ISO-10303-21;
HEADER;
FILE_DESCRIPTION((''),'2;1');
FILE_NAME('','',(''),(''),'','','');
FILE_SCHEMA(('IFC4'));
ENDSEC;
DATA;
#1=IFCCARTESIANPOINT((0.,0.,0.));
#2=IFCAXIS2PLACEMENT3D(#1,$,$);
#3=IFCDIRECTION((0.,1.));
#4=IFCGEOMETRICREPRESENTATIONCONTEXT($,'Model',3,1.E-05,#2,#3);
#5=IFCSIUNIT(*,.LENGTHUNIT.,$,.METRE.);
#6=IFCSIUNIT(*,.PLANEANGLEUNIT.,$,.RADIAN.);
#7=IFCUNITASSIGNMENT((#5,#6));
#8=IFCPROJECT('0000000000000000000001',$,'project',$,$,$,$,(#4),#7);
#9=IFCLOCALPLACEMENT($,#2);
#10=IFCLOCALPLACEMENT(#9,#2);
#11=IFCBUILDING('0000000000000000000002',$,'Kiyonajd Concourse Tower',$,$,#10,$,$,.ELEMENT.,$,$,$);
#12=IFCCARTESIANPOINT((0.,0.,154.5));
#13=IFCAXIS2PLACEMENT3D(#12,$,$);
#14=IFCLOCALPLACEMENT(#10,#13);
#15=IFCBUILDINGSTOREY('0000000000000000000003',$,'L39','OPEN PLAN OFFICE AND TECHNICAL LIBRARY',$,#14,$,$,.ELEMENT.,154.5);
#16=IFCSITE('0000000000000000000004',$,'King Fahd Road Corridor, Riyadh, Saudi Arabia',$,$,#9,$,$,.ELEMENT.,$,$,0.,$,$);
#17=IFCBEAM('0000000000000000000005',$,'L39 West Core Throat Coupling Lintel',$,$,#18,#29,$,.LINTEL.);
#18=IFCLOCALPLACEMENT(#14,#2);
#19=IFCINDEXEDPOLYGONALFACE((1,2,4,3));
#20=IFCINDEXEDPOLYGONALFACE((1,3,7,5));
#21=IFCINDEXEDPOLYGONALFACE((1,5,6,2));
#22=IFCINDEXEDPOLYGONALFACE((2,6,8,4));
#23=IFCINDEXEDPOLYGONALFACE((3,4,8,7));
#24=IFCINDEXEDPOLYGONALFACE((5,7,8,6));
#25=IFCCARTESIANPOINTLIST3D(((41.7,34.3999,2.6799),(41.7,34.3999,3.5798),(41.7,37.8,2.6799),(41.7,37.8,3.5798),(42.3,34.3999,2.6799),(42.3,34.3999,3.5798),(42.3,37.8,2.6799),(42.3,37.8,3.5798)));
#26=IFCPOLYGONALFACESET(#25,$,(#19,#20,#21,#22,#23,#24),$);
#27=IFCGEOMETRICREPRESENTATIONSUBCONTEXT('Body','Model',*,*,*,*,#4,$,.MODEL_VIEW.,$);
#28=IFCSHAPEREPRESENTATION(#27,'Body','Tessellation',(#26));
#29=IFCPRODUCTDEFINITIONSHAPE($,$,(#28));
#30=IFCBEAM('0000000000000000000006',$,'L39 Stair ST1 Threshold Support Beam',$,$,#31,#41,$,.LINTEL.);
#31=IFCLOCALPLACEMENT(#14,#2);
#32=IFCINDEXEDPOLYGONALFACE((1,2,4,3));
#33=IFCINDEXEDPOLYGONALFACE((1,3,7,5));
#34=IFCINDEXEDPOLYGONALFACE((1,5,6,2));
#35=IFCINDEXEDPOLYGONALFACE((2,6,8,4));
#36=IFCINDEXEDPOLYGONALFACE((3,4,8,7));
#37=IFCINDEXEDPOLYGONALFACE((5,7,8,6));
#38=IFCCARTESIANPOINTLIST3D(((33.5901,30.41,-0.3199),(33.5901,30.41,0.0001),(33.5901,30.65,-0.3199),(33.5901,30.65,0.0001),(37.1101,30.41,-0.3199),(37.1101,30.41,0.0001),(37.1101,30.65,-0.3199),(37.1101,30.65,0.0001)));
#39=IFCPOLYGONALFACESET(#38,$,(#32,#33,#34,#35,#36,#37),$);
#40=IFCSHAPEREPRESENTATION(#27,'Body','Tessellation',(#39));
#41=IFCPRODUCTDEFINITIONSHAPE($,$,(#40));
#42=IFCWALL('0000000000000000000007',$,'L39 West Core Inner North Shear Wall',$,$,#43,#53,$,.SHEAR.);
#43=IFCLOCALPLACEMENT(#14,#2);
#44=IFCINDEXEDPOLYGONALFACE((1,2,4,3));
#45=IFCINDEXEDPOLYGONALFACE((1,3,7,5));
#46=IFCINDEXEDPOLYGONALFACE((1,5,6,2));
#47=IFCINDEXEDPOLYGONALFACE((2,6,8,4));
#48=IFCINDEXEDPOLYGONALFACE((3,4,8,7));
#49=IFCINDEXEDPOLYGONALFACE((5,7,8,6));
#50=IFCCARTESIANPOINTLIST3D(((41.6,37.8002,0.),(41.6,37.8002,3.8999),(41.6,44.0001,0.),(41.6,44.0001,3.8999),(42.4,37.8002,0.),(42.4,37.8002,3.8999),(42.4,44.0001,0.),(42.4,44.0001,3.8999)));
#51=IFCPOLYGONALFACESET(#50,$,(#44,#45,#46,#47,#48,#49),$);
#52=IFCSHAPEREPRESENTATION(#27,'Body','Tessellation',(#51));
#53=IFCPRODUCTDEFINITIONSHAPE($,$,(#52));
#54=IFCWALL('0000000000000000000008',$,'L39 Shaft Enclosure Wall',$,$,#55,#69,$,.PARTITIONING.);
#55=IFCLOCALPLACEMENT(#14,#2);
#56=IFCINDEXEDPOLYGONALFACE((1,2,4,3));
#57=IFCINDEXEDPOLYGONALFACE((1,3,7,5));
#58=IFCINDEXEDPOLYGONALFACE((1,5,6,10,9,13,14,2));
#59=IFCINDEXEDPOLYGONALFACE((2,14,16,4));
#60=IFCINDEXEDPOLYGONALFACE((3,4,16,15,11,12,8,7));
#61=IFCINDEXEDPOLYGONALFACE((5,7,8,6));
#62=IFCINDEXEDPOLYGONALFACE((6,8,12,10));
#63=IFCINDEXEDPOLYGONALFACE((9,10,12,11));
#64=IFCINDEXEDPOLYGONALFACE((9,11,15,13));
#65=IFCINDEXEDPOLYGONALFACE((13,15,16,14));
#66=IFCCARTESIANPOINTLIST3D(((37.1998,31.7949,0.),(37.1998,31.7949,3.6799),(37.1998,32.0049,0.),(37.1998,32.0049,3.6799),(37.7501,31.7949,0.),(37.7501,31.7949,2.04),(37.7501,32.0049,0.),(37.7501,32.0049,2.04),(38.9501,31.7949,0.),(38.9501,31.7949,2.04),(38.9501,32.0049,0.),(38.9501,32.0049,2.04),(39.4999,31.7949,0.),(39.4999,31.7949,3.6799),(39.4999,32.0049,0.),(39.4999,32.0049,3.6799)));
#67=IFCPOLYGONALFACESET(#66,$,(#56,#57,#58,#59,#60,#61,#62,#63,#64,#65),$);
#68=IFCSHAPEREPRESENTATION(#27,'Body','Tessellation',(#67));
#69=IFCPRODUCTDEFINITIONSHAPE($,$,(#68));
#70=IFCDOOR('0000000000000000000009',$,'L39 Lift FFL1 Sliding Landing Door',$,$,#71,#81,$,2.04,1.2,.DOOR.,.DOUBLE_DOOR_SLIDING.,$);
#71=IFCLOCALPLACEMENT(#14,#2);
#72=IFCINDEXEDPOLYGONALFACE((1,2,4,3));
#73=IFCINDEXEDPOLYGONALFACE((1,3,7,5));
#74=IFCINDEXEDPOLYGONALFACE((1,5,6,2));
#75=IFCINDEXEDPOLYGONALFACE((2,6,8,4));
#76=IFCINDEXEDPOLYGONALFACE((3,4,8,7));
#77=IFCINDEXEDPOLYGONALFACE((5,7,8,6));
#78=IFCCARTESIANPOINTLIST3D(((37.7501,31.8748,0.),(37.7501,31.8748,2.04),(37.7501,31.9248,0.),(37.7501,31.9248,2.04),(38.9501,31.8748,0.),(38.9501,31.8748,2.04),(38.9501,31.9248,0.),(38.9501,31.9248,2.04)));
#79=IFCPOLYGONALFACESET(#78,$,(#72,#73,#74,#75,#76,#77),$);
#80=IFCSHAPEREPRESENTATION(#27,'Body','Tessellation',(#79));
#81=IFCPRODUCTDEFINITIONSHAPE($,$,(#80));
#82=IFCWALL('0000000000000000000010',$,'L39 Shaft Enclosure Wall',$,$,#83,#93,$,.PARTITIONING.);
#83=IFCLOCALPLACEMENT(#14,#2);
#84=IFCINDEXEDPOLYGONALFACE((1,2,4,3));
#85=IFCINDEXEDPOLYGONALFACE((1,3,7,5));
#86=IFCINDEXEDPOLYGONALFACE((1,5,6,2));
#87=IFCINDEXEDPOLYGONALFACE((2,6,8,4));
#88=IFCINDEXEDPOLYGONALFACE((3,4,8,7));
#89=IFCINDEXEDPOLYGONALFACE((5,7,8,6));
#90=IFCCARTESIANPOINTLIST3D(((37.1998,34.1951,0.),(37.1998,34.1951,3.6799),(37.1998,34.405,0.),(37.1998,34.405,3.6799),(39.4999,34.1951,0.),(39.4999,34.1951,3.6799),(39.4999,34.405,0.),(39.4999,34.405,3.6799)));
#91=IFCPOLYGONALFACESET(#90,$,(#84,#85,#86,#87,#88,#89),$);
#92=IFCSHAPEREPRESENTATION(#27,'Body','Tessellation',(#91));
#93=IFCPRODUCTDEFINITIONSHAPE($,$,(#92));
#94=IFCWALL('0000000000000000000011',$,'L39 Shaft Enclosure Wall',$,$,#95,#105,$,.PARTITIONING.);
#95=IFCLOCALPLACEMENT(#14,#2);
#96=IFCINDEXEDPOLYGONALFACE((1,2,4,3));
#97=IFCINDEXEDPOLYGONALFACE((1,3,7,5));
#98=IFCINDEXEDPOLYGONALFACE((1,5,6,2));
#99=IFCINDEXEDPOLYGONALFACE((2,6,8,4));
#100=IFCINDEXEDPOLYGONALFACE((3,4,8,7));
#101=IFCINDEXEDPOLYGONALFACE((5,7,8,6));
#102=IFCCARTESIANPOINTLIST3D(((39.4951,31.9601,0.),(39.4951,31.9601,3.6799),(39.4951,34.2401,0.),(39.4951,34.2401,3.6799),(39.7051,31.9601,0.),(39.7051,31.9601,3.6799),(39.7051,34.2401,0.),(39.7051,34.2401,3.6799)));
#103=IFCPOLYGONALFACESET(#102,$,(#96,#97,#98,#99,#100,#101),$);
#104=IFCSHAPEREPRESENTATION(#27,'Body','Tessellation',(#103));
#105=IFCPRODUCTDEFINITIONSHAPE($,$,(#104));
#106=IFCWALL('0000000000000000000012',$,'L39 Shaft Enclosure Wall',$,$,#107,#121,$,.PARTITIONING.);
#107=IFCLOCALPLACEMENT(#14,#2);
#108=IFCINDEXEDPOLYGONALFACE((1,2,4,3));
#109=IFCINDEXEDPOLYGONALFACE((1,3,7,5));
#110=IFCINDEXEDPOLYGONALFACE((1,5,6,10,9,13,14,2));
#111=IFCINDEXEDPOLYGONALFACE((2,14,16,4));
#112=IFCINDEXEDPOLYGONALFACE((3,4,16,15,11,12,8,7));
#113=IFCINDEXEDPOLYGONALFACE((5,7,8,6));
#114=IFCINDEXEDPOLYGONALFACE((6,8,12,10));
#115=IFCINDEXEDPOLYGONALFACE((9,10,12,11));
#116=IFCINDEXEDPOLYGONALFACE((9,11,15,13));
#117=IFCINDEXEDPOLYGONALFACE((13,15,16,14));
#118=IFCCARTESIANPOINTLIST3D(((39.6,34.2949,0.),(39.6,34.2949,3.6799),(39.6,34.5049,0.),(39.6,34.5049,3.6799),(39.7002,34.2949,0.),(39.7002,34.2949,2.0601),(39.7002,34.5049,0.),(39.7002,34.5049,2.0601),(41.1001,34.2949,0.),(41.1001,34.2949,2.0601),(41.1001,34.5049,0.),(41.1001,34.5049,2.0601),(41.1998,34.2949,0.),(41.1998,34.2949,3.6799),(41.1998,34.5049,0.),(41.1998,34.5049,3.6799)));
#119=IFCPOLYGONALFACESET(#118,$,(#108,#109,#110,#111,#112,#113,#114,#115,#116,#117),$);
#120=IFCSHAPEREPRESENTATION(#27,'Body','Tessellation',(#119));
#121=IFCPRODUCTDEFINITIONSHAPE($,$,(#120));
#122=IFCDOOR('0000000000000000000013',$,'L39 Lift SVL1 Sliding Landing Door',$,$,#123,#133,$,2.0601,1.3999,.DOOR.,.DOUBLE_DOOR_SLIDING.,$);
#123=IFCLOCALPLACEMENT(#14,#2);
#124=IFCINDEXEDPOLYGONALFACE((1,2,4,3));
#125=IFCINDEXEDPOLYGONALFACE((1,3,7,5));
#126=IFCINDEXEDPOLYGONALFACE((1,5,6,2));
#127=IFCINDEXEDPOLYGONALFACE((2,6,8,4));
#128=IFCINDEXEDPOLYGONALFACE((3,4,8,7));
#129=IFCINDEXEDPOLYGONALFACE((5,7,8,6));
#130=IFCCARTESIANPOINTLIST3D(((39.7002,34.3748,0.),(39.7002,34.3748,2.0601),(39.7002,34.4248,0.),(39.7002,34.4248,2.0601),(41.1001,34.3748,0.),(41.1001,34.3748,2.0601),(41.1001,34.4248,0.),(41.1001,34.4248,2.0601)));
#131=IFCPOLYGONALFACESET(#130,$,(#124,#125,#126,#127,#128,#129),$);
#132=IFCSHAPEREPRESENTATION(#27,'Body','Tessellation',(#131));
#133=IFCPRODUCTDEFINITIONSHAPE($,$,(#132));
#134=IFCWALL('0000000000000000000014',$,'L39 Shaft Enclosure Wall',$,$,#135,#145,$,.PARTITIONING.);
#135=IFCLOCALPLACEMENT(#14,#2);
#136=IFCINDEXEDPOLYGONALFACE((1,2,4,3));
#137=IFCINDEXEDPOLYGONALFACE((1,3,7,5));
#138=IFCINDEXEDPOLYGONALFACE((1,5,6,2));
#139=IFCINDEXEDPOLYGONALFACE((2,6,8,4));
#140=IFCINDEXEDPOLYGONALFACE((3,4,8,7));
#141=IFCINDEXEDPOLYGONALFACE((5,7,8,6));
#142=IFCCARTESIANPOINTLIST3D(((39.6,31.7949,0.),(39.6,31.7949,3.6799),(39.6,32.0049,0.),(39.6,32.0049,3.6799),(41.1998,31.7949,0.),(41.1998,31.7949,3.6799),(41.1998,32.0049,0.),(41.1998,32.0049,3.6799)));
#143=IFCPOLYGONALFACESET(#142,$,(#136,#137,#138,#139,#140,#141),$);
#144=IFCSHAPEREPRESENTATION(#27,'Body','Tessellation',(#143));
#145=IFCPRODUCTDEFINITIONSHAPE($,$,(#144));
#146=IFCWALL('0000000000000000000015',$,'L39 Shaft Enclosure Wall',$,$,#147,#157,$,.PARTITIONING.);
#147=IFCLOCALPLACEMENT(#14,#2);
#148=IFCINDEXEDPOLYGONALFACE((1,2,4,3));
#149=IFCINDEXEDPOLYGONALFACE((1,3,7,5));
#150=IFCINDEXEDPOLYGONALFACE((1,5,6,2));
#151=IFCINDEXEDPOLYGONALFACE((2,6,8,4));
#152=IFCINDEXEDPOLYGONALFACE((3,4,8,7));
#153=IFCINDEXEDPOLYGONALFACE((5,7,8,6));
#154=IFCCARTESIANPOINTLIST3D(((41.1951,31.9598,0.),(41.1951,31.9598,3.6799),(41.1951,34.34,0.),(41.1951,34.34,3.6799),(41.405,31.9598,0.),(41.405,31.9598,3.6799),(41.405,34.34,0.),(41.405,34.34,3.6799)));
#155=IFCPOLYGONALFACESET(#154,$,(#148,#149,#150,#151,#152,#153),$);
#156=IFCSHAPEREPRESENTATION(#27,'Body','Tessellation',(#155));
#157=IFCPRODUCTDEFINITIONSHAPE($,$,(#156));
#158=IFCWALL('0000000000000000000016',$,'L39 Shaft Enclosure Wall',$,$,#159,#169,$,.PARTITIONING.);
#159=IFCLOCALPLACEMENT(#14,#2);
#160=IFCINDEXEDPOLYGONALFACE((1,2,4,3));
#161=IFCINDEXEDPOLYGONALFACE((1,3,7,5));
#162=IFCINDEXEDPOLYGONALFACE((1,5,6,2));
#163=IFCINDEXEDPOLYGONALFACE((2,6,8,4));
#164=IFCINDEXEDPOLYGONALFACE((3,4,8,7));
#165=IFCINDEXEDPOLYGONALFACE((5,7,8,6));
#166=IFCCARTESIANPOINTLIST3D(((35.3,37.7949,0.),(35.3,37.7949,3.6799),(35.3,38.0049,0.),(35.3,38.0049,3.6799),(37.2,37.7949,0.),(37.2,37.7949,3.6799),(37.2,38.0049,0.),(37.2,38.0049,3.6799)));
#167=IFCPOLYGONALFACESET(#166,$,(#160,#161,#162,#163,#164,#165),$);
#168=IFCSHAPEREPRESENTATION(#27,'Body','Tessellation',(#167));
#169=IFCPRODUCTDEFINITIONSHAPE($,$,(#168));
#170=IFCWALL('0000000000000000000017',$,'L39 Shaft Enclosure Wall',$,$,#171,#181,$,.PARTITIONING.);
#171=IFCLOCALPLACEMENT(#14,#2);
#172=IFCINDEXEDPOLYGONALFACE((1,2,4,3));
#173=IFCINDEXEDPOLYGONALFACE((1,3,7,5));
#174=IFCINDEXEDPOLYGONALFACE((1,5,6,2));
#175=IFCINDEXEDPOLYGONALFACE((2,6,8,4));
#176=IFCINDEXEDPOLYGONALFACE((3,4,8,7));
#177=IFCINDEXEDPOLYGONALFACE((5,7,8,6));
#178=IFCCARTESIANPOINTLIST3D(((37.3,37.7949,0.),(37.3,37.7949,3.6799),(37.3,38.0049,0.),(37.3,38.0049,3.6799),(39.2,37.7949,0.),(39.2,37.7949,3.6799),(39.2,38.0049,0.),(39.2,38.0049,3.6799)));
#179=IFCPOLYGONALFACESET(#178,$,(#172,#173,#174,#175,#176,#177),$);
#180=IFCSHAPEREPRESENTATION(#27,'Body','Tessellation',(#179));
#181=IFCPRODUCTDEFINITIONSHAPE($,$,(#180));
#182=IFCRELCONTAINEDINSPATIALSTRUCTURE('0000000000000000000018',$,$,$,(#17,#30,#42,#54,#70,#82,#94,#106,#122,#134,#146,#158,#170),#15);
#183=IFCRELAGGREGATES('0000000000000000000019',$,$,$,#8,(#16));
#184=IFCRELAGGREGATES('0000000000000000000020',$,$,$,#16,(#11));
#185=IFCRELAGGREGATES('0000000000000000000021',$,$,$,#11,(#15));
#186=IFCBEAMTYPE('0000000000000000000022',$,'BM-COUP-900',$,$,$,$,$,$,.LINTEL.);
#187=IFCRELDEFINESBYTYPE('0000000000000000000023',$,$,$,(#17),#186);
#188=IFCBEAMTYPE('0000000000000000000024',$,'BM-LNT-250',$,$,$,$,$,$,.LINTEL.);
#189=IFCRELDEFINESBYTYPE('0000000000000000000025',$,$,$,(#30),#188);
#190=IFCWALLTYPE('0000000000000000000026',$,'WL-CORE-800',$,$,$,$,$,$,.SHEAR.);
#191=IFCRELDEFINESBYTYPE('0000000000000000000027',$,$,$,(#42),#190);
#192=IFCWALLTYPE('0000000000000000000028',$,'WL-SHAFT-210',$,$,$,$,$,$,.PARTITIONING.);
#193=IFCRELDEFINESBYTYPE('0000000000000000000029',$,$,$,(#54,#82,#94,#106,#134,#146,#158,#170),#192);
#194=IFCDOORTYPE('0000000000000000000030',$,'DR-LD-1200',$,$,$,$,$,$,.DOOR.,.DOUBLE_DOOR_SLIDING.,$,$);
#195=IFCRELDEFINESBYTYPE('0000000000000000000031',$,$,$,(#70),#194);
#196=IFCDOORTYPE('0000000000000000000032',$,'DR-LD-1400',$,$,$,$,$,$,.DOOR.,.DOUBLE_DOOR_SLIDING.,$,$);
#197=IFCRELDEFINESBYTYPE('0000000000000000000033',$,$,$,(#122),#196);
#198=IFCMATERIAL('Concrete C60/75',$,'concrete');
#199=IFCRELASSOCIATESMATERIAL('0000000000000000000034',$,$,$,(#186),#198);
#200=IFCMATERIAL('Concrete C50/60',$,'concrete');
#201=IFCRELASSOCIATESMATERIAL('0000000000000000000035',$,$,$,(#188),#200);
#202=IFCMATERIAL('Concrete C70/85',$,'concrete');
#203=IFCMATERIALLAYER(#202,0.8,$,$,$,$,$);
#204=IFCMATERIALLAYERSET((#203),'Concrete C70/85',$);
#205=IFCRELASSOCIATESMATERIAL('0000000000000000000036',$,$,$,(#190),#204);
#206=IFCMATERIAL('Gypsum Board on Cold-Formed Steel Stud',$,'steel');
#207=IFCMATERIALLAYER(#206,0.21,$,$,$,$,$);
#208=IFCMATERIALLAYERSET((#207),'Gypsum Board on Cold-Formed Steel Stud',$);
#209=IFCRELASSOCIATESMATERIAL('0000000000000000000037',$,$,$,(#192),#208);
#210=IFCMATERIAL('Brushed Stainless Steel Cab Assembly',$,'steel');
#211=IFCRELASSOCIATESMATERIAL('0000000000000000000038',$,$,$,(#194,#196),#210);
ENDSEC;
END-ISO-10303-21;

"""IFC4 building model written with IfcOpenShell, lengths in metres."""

from ifc_helpers import new_model, si_unit, direction, frame, frame_2d, origin, origin_2d, place, context, subcontext, project, spatial, rectangle, extrude, material, layer, layer_set, material_profile, profile_set, type_object, element, fill, save


model = new_model("IFC4")

# Units and contexts
model_context = context("Model", 3, precision=1e-05, world=origin(), true_north=direction((0.0, 1.0)))
body_context = subcontext(model_context, "Body", "Model", "MODEL_VIEW")
ifc_project = project(units=[si_unit("LENGTHUNIT", "METRE"), si_unit("PLANEANGLEUNIT", "RADIAN")], contexts=[model_context])

# Site, building, storey
site_placement = place(None, origin())
site = spatial("IfcSite", under=ifc_project, at=site_placement, Name="King Fahd Road Corridor, Riyadh, Saudi Arabia", CompositionType="ELEMENT", RefElevation=0.0)
building_placement = place(site_placement, origin())
building = spatial("IfcBuilding", under=site, at=building_placement, Name="Kiyonajd Concourse Tower", CompositionType="ELEMENT")
storey_placement = place(building_placement, frame((0.0, 0.0, 154.5)))
storey = spatial("IfcBuildingStorey", under=building, at=storey_placement, Name="L39", Description="OPEN PLAN OFFICE AND TECHNICAL LIBRARY", CompositionType="ELEMENT", Elevation=154.5)

# Beams
ifc_material_1 = material(Name="Concrete C60/75", Category="concrete")
ifc_material_profile_1 = material_profile(ifc_material_1, rectangle(XDim=0.6001, YDim=0.8999, at=origin_2d()), Name="RCBM-600x900")
ifc_profile_set_1 = profile_set([ifc_material_profile_1], Name="Concrete C60/75")
beam_type_1 = type_object("IfcBeamType", Name="BM-COUP-900", PredefinedType="LINTEL", material=ifc_profile_set_1)
beam_1_placement = place(storey_placement, frame((42.0, 34.3999, 3.1299), z_axis=(0.0, 1.0, 0.0), x_axis=(-1.0, 0.0, 0.0)))
element("IfcBeam", 1, at=beam_1_placement, inside=storey, type_object=beam_type_1, Name="L39 West Core Throat Coupling Lintel", PredefinedType="LINTEL", context=body_context, shape_type="SweptSolid", body=[
    extrude(rectangle(XDim=0.6001, YDim=0.8999, at=origin_2d()), origin(), (0.0, 0.0, 1.0), 3.4001),
])
ifc_material_2 = material(Name="Concrete C50/60", Category="concrete")
ifc_material_profile_2 = material_profile(ifc_material_2, rectangle(XDim=0.24, YDim=0.3201, at=origin_2d()), Name="RCBM-240x320")
ifc_profile_set_2 = profile_set([ifc_material_profile_2], Name="Concrete C50/60")
beam_type_2 = type_object("IfcBeamType", Name="BM-LNT-250", PredefinedType="LINTEL", material=ifc_profile_set_2)
beam_2_placement = place(storey_placement, frame((33.5901, 30.53, -0.1599), z_axis=(1.0, 0.0, 0.0), x_axis=(0.0, 1.0, 0.0)))
element("IfcBeam", 2, at=beam_2_placement, inside=storey, type_object=beam_type_2, Name="L39 Stair ST1 Threshold Support Beam", PredefinedType="LINTEL", context=body_context, shape_type="SweptSolid", body=[
    extrude(rectangle(XDim=0.24, YDim=0.3201, at=origin_2d()), origin(), (0.0, 0.0, 1.0), 3.52),
])

# Wall
ifc_material_3 = material(Name="Concrete C70/85", Category="concrete")
ifc_layer_1 = layer(ifc_material_3, 0.8)
ifc_layer_set_1 = layer_set([ifc_layer_1], Name="Concrete C70/85")
wall_type_1 = type_object("IfcWallType", Name="WL-CORE-800", PredefinedType="SHEAR", material=ifc_layer_set_1)
wall_1_placement = place(storey_placement, frame((42.0, 37.8, 0.0), z_axis=(0.0, 0.0, 1.0), x_axis=(0.0, 1.0, 0.0)))
element("IfcWall", 3, at=wall_1_placement, inside=storey, type_object=wall_type_1, Name="L39 West Core Inner North Shear Wall", PredefinedType="SHEAR", context=body_context, shape_type="SweptSolid", body=[
    extrude(rectangle(XDim=6.2, YDim=0.8, at=frame_2d((3.1001, 0.0))), origin(), (0.0, 0.0, 1.0), 3.8999),
])

# Wall, opening, door
ifc_material_4 = material(Name="Gypsum Board on Cold-Formed Steel Stud", Category="steel")
ifc_layer_2 = layer(ifc_material_4, 0.21)
ifc_layer_set_2 = layer_set([ifc_layer_2], Name="Gypsum Board on Cold-Formed Steel Stud")
wall_type_2 = type_object("IfcWallType", Name="WL-SHAFT-210", PredefinedType="PARTITIONING", material=ifc_layer_set_2)
wall_2_placement = place(storey_placement, frame((37.2, 31.8999, 0.0), z_axis=(0.0, 0.0, 1.0), x_axis=(1.0, 0.0, 0.0)))
wall_2 = element("IfcWall", 4, at=wall_2_placement, inside=storey, type_object=wall_type_2, Name="L39 Shaft Enclosure Wall", PredefinedType="PARTITIONING", context=body_context, shape_type="SweptSolid", body=[
    extrude(rectangle(XDim=2.3, YDim=0.21, at=frame_2d((1.1499, 0.0))), origin(), (0.0, 0.0, 1.0), 3.6799),
])
opening_1_placement = place(wall_2_placement, frame((0.55, 0.0, 0.0)))
opening_1 = element("IfcOpeningElement", 5, at=opening_1_placement, cuts=wall_2, PredefinedType="OPENING", context=body_context, shape_type="SweptSolid", body=[
    extrude(rectangle(XDim=1.2, YDim=2.04, at=frame_2d((0.6001, 1.02))), frame((0.0, 0.115, 0.0), z_axis=(0.0, -1.0, 0.0), x_axis=(1.0, 0.0, 0.0)), (0.0, 0.0, 1.0), 0.23),
])
ifc_material_5 = material(Name="Brushed Stainless Steel Cab Assembly", Category="steel")
door_type_1 = type_object("IfcDoorType", Name="DR-LD-1200", OperationType="DOUBLE_DOOR_SLIDING", PredefinedType="DOOR", material=ifc_material_5)
door_1_placement = place(opening_1_placement, origin())
door_1 = element("IfcDoor", 6, at=door_1_placement, inside=storey, type_object=door_type_1, Name="L39 Lift FFL1 Sliding Landing Door", OperationType="DOUBLE_DOOR_SLIDING", OverallHeight=2.04, OverallWidth=1.2, PredefinedType="DOOR", context=body_context, shape_type="SweptSolid", body=[
    extrude(rectangle(XDim=1.2, YDim=2.04, at=frame_2d((0.6001, 1.02))), frame((0.0, 0.0249, 0.0), z_axis=(0.0, -1.0, 0.0), x_axis=(1.0, 0.0, 0.0)), (0.0, 0.0, 1.0), 0.05),
])
fill(opening_1, door_1)

# Walls
wall_3_placement = place(storey_placement, frame((37.2, 34.3, 0.0), z_axis=(0.0, 0.0, 1.0), x_axis=(1.0, 0.0, 0.0)))
element("IfcWall", 7, at=wall_3_placement, inside=storey, type_object=wall_type_2, Name="L39 Shaft Enclosure Wall", PredefinedType="PARTITIONING", context=body_context, shape_type="SweptSolid", body=[
    extrude(rectangle(XDim=2.3, YDim=0.21, at=frame_2d((1.1499, 0.0))), origin(), (0.0, 0.0, 1.0), 3.6799),
])
wall_4_placement = place(storey_placement, frame((39.6001, 31.96, 0.0), z_axis=(0.0, 0.0, 1.0), x_axis=(0.0, 1.0, 0.0)))
element("IfcWall", 8, at=wall_4_placement, inside=storey, type_object=wall_type_2, Name="L39 Shaft Enclosure Wall", PredefinedType="PARTITIONING", context=body_context, shape_type="SweptSolid", body=[
    extrude(rectangle(XDim=2.28, YDim=0.21, at=frame_2d((1.1401, 0.0))), origin(), (0.0, 0.0, 1.0), 3.6799),
])

# Wall, opening, door
wall_5_placement = place(storey_placement, frame((39.6001, 34.3999, 0.0), z_axis=(0.0, 0.0, 1.0), x_axis=(1.0, 0.0, 0.0)))
wall_5 = element("IfcWall", 9, at=wall_5_placement, inside=storey, type_object=wall_type_2, Name="L39 Shaft Enclosure Wall", PredefinedType="PARTITIONING", context=body_context, shape_type="SweptSolid", body=[
    extrude(rectangle(XDim=1.5999, YDim=0.21, at=frame_2d((0.7998, 0.0))), origin(), (0.0, 0.0, 1.0), 3.6799),
])
opening_2_placement = place(wall_5_placement, frame((0.1001, 0.0, 0.0)))
opening_2 = element("IfcOpeningElement", 10, at=opening_2_placement, cuts=wall_5, PredefinedType="OPENING", context=body_context, shape_type="SweptSolid", body=[
    extrude(rectangle(XDim=1.3999, YDim=2.0601, at=frame_2d((0.7, 1.03))), frame((0.0, 0.115, 0.0), z_axis=(0.0, -1.0, 0.0), x_axis=(1.0, 0.0, 0.0)), (0.0, 0.0, 1.0), 0.23),
])
door_type_2 = type_object("IfcDoorType", Name="DR-LD-1400", OperationType="DOUBLE_DOOR_SLIDING", PredefinedType="DOOR", material=ifc_material_5)
door_2_placement = place(opening_2_placement, origin())
door_2 = element("IfcDoor", 11, at=door_2_placement, inside=storey, type_object=door_type_2, Name="L39 Lift SVL1 Sliding Landing Door", OperationType="DOUBLE_DOOR_SLIDING", OverallHeight=2.0601, OverallWidth=1.3999, PredefinedType="DOOR", context=body_context, shape_type="SweptSolid", body=[
    extrude(rectangle(XDim=1.3999, YDim=2.0601, at=frame_2d((0.7, 1.03))), frame((0.0, 0.0249, 0.0), z_axis=(0.0, -1.0, 0.0), x_axis=(1.0, 0.0, 0.0)), (0.0, 0.0, 1.0), 0.05),
])
fill(opening_2, door_2)

# Walls
wall_6_placement = place(storey_placement, frame((39.6001, 31.8999, 0.0), z_axis=(0.0, 0.0, 1.0), x_axis=(1.0, 0.0, 0.0)))
element("IfcWall", 12, at=wall_6_placement, inside=storey, type_object=wall_type_2, Name="L39 Shaft Enclosure Wall", PredefinedType="PARTITIONING", context=body_context, shape_type="SweptSolid", body=[
    extrude(rectangle(XDim=1.5999, YDim=0.21, at=frame_2d((0.7998, 0.0))), origin(), (0.0, 0.0, 1.0), 3.6799),
])
wall_7_placement = place(storey_placement, frame((41.3, 31.96, 0.0), z_axis=(0.0, 0.0, 1.0), x_axis=(0.0, 1.0, 0.0)))
element("IfcWall", 13, at=wall_7_placement, inside=storey, type_object=wall_type_2, Name="L39 Shaft Enclosure Wall", PredefinedType="PARTITIONING", context=body_context, shape_type="SweptSolid", body=[
    extrude(rectangle(XDim=2.3801, YDim=0.21, at=frame_2d((1.1899, 0.0))), origin(), (0.0, 0.0, 1.0), 3.6799),
])
for number, where, z_axis, x_axis, name in (
    (14, (35.3, 37.8999, 0.0), (0.0, 0.0, 1.0), (1.0, 0.0, 0.0), "L39 Shaft Enclosure Wall"),
    (15, (37.3, 37.8999, 0.0), (0.0, 0.0, 1.0), (1.0, 0.0, 0.0), "L39 Shaft Enclosure Wall"),
):
    element("IfcWall", number, at=place(storey_placement, frame(where, z_axis=z_axis, x_axis=x_axis)), inside=storey, type_object=wall_type_2, Name=name, PredefinedType="PARTITIONING", context=body_context, shape_type="SweptSolid", body=[
        extrude(rectangle(XDim=1.8999, YDim=0.21, at=frame_2d((0.95, 0.0))), origin(), (0.0, 0.0, 1.0), 3.6799),
    ])

save(model, "model.ifc")
